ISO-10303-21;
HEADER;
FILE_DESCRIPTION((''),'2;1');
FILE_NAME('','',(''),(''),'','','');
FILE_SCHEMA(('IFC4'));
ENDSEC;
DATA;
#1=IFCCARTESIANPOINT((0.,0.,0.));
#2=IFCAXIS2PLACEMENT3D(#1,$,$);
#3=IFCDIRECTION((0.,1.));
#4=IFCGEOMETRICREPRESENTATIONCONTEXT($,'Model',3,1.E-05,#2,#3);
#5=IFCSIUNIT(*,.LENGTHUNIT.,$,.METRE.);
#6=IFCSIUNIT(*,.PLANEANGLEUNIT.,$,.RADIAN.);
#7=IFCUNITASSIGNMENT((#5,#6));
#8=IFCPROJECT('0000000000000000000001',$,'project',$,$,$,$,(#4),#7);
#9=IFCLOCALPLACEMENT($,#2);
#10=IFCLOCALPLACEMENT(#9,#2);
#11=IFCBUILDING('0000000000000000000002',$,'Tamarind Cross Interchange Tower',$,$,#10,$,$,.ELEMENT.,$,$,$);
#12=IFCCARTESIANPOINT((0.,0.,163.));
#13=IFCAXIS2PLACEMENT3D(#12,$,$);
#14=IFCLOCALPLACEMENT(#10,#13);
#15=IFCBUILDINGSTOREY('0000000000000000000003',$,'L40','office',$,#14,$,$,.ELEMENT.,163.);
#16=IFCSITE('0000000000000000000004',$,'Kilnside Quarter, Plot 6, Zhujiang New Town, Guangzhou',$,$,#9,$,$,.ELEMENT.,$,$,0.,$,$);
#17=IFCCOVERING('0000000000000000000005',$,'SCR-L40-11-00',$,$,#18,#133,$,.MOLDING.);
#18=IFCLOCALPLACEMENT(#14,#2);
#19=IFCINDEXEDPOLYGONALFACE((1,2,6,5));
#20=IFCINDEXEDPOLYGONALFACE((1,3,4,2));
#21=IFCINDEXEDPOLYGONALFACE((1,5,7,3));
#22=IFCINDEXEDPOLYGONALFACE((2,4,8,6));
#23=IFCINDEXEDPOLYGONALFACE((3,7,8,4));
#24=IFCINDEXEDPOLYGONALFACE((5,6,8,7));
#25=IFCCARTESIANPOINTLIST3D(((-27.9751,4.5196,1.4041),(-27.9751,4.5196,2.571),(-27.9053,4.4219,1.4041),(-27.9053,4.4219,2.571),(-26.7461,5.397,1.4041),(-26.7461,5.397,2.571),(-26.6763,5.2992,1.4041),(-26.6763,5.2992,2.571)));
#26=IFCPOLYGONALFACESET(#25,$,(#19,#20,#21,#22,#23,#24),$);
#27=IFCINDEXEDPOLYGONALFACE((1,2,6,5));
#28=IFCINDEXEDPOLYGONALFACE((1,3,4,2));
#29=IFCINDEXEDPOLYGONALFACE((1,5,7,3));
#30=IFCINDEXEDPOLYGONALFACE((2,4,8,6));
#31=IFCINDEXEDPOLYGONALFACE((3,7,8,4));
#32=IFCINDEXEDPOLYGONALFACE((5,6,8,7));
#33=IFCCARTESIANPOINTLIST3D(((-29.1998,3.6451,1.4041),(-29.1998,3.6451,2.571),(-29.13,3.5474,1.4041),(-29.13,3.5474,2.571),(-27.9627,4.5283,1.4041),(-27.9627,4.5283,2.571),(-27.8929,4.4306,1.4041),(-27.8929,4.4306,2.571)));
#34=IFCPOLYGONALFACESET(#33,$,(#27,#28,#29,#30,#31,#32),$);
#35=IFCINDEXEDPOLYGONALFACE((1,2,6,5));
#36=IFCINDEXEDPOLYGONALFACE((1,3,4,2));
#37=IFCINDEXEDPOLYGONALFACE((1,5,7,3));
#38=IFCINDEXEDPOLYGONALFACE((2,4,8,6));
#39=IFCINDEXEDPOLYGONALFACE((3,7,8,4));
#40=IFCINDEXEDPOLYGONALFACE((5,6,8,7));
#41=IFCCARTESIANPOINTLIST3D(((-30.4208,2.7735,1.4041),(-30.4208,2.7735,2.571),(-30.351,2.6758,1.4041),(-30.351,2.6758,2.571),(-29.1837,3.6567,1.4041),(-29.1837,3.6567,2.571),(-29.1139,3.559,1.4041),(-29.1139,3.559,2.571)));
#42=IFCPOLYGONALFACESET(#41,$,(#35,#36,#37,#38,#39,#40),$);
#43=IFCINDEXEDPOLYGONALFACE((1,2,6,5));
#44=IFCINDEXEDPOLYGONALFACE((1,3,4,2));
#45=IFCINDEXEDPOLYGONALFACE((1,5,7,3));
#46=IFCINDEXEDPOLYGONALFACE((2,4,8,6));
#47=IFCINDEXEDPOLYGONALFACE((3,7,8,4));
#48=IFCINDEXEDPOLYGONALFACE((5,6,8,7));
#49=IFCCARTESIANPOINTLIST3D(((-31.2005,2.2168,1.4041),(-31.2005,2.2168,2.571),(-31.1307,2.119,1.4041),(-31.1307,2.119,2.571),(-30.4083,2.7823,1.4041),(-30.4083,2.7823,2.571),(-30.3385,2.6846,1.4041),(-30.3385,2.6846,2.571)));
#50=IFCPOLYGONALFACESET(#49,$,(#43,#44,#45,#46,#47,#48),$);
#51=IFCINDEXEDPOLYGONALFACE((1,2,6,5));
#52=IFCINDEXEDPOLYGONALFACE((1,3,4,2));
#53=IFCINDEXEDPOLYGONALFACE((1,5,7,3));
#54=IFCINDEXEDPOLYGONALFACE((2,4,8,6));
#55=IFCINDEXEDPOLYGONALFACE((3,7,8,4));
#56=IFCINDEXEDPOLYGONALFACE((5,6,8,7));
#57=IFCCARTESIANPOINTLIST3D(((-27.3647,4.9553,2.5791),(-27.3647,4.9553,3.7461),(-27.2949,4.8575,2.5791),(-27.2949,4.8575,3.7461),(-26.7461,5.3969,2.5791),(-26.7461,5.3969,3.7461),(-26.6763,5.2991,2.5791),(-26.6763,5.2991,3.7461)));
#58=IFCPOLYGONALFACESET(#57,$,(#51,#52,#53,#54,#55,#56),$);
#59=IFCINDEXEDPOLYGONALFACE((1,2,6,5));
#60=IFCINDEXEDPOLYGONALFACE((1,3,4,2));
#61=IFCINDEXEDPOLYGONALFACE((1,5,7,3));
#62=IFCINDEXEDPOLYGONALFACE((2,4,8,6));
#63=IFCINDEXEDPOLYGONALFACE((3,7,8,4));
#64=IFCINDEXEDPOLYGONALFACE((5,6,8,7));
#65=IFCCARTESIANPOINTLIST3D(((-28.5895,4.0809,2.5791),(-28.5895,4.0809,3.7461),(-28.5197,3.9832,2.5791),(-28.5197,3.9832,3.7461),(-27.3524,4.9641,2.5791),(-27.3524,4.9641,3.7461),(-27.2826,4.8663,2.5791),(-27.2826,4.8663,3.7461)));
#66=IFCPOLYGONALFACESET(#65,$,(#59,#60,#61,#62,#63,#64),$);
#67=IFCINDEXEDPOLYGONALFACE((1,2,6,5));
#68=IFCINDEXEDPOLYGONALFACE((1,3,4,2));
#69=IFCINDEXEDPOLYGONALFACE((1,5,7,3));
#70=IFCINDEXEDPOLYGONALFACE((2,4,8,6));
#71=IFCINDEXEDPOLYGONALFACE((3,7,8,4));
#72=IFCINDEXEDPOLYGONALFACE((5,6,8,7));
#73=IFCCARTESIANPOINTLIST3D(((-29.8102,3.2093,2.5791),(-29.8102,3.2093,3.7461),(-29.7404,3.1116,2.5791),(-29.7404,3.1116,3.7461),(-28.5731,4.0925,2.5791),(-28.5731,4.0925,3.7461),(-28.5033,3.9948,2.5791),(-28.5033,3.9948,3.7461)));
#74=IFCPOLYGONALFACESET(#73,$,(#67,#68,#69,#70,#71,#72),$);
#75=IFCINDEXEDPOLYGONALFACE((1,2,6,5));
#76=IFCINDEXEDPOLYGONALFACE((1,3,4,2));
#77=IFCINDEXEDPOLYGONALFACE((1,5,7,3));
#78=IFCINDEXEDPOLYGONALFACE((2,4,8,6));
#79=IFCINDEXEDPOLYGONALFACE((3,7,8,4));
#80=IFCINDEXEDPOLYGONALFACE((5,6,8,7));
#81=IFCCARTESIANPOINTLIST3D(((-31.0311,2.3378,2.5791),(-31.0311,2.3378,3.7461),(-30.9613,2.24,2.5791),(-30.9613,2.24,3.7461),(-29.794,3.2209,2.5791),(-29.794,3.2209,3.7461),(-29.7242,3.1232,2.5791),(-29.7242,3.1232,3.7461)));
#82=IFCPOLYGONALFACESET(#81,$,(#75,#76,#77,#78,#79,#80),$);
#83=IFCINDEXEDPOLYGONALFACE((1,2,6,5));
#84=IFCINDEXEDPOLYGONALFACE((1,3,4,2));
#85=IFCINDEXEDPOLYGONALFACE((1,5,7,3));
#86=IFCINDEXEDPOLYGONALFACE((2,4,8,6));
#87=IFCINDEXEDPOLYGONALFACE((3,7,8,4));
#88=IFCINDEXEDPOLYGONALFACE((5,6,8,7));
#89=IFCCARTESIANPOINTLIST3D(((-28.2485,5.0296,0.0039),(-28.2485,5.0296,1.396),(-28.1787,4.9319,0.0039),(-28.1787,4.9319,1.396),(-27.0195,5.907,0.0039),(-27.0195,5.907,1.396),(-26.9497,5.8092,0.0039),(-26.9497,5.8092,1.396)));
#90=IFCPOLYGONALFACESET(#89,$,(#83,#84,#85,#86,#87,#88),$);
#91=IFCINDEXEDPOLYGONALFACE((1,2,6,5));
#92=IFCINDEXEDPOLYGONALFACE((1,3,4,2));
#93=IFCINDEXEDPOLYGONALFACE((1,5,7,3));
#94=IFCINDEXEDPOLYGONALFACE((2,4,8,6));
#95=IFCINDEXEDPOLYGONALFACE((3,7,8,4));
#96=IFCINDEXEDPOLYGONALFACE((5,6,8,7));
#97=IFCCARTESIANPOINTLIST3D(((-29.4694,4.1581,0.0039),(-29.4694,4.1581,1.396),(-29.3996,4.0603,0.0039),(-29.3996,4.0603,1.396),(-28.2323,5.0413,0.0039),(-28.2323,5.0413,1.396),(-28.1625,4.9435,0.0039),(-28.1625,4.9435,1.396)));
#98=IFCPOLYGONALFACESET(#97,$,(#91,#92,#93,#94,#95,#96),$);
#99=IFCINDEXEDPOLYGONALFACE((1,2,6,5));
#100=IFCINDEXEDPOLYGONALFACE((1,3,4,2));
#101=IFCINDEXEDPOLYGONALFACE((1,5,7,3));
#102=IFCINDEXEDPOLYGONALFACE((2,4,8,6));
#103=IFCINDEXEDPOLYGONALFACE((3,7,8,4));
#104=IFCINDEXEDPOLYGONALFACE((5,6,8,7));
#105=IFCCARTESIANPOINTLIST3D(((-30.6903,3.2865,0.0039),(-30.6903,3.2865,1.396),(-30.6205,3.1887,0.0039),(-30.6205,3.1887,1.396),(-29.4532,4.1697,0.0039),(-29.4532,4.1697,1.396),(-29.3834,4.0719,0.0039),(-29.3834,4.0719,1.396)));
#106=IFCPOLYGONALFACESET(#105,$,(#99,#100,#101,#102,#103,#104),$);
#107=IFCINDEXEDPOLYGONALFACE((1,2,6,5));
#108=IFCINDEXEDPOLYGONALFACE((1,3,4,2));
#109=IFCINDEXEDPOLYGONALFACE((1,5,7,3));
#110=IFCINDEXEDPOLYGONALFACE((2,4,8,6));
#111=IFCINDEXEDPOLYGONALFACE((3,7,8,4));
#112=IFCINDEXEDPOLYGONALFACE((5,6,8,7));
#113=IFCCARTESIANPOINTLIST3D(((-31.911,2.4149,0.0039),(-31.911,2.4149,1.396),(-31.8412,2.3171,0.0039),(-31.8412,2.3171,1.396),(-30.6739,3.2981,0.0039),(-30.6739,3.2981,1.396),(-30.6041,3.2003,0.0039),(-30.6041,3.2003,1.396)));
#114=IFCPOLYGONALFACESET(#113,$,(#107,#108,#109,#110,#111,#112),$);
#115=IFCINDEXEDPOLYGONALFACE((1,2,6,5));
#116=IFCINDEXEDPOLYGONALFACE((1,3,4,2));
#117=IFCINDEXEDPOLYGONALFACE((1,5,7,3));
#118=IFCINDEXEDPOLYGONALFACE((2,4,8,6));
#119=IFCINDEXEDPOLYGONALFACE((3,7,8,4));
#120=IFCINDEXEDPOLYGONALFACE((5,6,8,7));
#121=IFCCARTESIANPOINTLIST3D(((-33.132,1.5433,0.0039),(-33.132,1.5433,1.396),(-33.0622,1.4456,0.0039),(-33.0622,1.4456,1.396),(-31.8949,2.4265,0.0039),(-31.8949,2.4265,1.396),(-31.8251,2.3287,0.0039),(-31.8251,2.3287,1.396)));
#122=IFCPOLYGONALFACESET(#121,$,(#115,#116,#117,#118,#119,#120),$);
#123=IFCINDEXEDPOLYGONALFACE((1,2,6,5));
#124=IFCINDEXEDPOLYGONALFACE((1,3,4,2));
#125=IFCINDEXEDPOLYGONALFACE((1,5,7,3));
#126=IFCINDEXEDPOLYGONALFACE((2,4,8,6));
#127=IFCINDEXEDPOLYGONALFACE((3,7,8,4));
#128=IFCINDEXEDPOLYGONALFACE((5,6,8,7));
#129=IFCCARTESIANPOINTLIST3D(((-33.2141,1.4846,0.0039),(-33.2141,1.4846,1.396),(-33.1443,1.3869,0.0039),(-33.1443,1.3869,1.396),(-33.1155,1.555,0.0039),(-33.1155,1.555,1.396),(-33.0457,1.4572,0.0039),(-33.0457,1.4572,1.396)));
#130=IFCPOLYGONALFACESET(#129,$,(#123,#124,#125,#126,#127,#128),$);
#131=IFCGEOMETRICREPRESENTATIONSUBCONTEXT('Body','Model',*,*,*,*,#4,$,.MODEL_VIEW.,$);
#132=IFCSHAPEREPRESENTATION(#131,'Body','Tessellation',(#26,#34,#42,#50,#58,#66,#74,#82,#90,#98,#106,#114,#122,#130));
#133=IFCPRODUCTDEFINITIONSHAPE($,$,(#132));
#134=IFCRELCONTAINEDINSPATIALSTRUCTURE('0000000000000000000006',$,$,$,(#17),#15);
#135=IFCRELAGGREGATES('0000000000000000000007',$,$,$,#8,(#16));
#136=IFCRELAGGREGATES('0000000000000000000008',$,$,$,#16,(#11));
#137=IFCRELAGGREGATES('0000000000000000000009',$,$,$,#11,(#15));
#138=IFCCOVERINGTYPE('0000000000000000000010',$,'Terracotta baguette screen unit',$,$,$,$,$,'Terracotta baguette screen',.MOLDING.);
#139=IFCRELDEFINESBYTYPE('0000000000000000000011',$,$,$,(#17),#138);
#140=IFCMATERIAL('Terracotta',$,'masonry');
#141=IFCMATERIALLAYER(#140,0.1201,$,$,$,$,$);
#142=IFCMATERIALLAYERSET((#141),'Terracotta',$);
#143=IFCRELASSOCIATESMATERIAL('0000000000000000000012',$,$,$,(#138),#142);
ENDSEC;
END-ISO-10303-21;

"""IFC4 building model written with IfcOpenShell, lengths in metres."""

from ifc_helpers import new_model, si_unit, direction, frame, origin, origin_2d, place, context, subcontext, project, spatial, rectangle, extrude, material, layer, layer_set, type_object, element, save


model = new_model("IFC4")

# Units and contexts
model_context = context("Model", 3, precision=1e-05, world=origin(), true_north=direction((0.0, 1.0)))
body_context = subcontext(model_context, "Body", "Model", "MODEL_VIEW")
ifc_project = project(units=[si_unit("LENGTHUNIT", "METRE"), si_unit("PLANEANGLEUNIT", "RADIAN")], contexts=[model_context])

# Site, building, storey
site_placement = place(None, origin())
site = spatial("IfcSite", under=ifc_project, at=site_placement, Name="Kilnside Quarter, Plot 6, Zhujiang New Town, Guangzhou", CompositionType="ELEMENT", RefElevation=0.0)
building_placement = place(site_placement, origin())
building = spatial("IfcBuilding", under=site, at=building_placement, Name="Tamarind Cross Interchange Tower", CompositionType="ELEMENT")
storey_placement = place(building_placement, frame((0.0, 0.0, 163.0)))
storey = spatial("IfcBuildingStorey", under=building, at=storey_placement, Name="L40", Description="office", CompositionType="ELEMENT", Elevation=163.0)

# Covering
ifc_material_1 = material(Name="Terracotta", Category="masonry")
ifc_layer_1 = layer(ifc_material_1, 0.1201)
ifc_layer_set_1 = layer_set([ifc_layer_1], Name="Terracotta")
covering_type = type_object("IfcCoveringType", Name="Terracotta baguette screen unit", ElementType="Terracotta baguette screen", PredefinedType="MOLDING", material=ifc_layer_set_1)
covering_1_placement = place(storey_placement, origin())
element("IfcCovering", 1, at=covering_1_placement, inside=storey, type_object=covering_type, Name="SCR-L40-11-00", PredefinedType="MOLDING", context=body_context, shape_type="SweptSolid", body=[
    extrude(rectangle(XDim=1.51, YDim=0.1201, at=origin_2d()), frame((-27.3257, 4.9094, 1.4041), z_axis=(0.0, 0.0, 1.0), x_axis=(-0.81388, -0.581033, 0.0)), (0.0, 0.0, 1.0), 1.167),
    extrude(rectangle(XDim=1.52, YDim=0.1201, at=origin_2d()), frame((-28.5464, 4.0378, 1.4041), z_axis=(0.0, 0.0, 1.0), x_axis=(-0.81388, -0.581033, 0.0)), (0.0, 0.0, 1.0), 1.167),
    extrude(rectangle(XDim=1.52, YDim=0.1201, at=origin_2d()), frame((-29.7673, 3.1663, 1.4041), z_axis=(0.0, 0.0, 1.0), x_axis=(-0.81388, -0.581033, 0.0)), (0.0, 0.0, 1.0), 1.167),
    extrude(rectangle(XDim=0.9734, YDim=0.1201, at=origin_2d()), frame((-30.7695, 2.4507, 1.4041), z_axis=(0.0, 0.0, 1.0), x_axis=(-0.81388, -0.581033, 0.0)), (0.0, 0.0, 1.0), 1.167),
    extrude(rectangle(XDim=0.76, YDim=0.1201, at=origin_2d()), frame((-27.0205, 5.1272, 2.5791), z_axis=(0.0, 0.0, 1.0), x_axis=(-0.81388, -0.581033, 0.0)), (0.0, 0.0, 1.0), 1.167),
    extrude(rectangle(XDim=1.52, YDim=0.1201, at=origin_2d()), frame((-27.936, 4.4736, 2.5791), z_axis=(0.0, 0.0, 1.0), x_axis=(-0.81388, -0.581033, 0.0)), (0.0, 0.0, 1.0), 1.167),
    extrude(rectangle(XDim=1.52, YDim=0.1201, at=origin_2d()), frame((-29.1567, 3.6021, 2.5791), z_axis=(0.0, 0.0, 1.0), x_axis=(-0.81388, -0.581033, 0.0)), (0.0, 0.0, 1.0), 1.167),
    extrude(rectangle(XDim=1.52, YDim=0.1201, at=origin_2d()), frame((-30.3777, 2.7305, 2.5791), z_axis=(0.0, 0.0, 1.0), x_axis=(-0.81388, -0.581033, 0.0)), (0.0, 0.0, 1.0), 1.167),
    extrude(rectangle(XDim=1.51, YDim=0.1201, at=origin_2d()), frame((-27.5991, 5.4194, 0.0039), z_axis=(0.0, 0.0, 1.0), x_axis=(-0.81388, -0.581033, 0.0)), (0.0, 0.0, 1.0), 1.3921),
    extrude(rectangle(XDim=1.52, YDim=0.1201, at=origin_2d()), frame((-28.8159, 4.5508, 0.0039), z_axis=(0.0, 0.0, 1.0), x_axis=(-0.81388, -0.581033, 0.0)), (0.0, 0.0, 1.0), 1.3921),
    extrude(rectangle(XDim=1.52, YDim=0.1201, at=origin_2d()), frame((-30.0369, 3.6792, 0.0039), z_axis=(0.0, 0.0, 1.0), x_axis=(-0.81388, -0.581033, 0.0)), (0.0, 0.0, 1.0), 1.3921),
    extrude(rectangle(XDim=1.52, YDim=0.1201, at=origin_2d()), frame((-31.2576, 2.8076, 0.0039), z_axis=(0.0, 0.0, 1.0), x_axis=(-0.81388, -0.581033, 0.0)), (0.0, 0.0, 1.0), 1.3921),
    extrude(rectangle(XDim=1.52, YDim=0.1201, at=origin_2d()), frame((-32.4785, 1.936, 0.0039), z_axis=(0.0, 0.0, 1.0), x_axis=(-0.81388, -0.581033, 0.0)), (0.0, 0.0, 1.0), 1.3921),
    extrude(rectangle(XDim=0.1211, YDim=0.1201, at=origin_2d()), frame((-33.1299, 1.4709, 0.0039), z_axis=(0.0, 0.0, 1.0), x_axis=(-0.81388, -0.581033, 0.0)), (0.0, 0.0, 1.0), 1.3921),
])

save(model, "model.ifc")
